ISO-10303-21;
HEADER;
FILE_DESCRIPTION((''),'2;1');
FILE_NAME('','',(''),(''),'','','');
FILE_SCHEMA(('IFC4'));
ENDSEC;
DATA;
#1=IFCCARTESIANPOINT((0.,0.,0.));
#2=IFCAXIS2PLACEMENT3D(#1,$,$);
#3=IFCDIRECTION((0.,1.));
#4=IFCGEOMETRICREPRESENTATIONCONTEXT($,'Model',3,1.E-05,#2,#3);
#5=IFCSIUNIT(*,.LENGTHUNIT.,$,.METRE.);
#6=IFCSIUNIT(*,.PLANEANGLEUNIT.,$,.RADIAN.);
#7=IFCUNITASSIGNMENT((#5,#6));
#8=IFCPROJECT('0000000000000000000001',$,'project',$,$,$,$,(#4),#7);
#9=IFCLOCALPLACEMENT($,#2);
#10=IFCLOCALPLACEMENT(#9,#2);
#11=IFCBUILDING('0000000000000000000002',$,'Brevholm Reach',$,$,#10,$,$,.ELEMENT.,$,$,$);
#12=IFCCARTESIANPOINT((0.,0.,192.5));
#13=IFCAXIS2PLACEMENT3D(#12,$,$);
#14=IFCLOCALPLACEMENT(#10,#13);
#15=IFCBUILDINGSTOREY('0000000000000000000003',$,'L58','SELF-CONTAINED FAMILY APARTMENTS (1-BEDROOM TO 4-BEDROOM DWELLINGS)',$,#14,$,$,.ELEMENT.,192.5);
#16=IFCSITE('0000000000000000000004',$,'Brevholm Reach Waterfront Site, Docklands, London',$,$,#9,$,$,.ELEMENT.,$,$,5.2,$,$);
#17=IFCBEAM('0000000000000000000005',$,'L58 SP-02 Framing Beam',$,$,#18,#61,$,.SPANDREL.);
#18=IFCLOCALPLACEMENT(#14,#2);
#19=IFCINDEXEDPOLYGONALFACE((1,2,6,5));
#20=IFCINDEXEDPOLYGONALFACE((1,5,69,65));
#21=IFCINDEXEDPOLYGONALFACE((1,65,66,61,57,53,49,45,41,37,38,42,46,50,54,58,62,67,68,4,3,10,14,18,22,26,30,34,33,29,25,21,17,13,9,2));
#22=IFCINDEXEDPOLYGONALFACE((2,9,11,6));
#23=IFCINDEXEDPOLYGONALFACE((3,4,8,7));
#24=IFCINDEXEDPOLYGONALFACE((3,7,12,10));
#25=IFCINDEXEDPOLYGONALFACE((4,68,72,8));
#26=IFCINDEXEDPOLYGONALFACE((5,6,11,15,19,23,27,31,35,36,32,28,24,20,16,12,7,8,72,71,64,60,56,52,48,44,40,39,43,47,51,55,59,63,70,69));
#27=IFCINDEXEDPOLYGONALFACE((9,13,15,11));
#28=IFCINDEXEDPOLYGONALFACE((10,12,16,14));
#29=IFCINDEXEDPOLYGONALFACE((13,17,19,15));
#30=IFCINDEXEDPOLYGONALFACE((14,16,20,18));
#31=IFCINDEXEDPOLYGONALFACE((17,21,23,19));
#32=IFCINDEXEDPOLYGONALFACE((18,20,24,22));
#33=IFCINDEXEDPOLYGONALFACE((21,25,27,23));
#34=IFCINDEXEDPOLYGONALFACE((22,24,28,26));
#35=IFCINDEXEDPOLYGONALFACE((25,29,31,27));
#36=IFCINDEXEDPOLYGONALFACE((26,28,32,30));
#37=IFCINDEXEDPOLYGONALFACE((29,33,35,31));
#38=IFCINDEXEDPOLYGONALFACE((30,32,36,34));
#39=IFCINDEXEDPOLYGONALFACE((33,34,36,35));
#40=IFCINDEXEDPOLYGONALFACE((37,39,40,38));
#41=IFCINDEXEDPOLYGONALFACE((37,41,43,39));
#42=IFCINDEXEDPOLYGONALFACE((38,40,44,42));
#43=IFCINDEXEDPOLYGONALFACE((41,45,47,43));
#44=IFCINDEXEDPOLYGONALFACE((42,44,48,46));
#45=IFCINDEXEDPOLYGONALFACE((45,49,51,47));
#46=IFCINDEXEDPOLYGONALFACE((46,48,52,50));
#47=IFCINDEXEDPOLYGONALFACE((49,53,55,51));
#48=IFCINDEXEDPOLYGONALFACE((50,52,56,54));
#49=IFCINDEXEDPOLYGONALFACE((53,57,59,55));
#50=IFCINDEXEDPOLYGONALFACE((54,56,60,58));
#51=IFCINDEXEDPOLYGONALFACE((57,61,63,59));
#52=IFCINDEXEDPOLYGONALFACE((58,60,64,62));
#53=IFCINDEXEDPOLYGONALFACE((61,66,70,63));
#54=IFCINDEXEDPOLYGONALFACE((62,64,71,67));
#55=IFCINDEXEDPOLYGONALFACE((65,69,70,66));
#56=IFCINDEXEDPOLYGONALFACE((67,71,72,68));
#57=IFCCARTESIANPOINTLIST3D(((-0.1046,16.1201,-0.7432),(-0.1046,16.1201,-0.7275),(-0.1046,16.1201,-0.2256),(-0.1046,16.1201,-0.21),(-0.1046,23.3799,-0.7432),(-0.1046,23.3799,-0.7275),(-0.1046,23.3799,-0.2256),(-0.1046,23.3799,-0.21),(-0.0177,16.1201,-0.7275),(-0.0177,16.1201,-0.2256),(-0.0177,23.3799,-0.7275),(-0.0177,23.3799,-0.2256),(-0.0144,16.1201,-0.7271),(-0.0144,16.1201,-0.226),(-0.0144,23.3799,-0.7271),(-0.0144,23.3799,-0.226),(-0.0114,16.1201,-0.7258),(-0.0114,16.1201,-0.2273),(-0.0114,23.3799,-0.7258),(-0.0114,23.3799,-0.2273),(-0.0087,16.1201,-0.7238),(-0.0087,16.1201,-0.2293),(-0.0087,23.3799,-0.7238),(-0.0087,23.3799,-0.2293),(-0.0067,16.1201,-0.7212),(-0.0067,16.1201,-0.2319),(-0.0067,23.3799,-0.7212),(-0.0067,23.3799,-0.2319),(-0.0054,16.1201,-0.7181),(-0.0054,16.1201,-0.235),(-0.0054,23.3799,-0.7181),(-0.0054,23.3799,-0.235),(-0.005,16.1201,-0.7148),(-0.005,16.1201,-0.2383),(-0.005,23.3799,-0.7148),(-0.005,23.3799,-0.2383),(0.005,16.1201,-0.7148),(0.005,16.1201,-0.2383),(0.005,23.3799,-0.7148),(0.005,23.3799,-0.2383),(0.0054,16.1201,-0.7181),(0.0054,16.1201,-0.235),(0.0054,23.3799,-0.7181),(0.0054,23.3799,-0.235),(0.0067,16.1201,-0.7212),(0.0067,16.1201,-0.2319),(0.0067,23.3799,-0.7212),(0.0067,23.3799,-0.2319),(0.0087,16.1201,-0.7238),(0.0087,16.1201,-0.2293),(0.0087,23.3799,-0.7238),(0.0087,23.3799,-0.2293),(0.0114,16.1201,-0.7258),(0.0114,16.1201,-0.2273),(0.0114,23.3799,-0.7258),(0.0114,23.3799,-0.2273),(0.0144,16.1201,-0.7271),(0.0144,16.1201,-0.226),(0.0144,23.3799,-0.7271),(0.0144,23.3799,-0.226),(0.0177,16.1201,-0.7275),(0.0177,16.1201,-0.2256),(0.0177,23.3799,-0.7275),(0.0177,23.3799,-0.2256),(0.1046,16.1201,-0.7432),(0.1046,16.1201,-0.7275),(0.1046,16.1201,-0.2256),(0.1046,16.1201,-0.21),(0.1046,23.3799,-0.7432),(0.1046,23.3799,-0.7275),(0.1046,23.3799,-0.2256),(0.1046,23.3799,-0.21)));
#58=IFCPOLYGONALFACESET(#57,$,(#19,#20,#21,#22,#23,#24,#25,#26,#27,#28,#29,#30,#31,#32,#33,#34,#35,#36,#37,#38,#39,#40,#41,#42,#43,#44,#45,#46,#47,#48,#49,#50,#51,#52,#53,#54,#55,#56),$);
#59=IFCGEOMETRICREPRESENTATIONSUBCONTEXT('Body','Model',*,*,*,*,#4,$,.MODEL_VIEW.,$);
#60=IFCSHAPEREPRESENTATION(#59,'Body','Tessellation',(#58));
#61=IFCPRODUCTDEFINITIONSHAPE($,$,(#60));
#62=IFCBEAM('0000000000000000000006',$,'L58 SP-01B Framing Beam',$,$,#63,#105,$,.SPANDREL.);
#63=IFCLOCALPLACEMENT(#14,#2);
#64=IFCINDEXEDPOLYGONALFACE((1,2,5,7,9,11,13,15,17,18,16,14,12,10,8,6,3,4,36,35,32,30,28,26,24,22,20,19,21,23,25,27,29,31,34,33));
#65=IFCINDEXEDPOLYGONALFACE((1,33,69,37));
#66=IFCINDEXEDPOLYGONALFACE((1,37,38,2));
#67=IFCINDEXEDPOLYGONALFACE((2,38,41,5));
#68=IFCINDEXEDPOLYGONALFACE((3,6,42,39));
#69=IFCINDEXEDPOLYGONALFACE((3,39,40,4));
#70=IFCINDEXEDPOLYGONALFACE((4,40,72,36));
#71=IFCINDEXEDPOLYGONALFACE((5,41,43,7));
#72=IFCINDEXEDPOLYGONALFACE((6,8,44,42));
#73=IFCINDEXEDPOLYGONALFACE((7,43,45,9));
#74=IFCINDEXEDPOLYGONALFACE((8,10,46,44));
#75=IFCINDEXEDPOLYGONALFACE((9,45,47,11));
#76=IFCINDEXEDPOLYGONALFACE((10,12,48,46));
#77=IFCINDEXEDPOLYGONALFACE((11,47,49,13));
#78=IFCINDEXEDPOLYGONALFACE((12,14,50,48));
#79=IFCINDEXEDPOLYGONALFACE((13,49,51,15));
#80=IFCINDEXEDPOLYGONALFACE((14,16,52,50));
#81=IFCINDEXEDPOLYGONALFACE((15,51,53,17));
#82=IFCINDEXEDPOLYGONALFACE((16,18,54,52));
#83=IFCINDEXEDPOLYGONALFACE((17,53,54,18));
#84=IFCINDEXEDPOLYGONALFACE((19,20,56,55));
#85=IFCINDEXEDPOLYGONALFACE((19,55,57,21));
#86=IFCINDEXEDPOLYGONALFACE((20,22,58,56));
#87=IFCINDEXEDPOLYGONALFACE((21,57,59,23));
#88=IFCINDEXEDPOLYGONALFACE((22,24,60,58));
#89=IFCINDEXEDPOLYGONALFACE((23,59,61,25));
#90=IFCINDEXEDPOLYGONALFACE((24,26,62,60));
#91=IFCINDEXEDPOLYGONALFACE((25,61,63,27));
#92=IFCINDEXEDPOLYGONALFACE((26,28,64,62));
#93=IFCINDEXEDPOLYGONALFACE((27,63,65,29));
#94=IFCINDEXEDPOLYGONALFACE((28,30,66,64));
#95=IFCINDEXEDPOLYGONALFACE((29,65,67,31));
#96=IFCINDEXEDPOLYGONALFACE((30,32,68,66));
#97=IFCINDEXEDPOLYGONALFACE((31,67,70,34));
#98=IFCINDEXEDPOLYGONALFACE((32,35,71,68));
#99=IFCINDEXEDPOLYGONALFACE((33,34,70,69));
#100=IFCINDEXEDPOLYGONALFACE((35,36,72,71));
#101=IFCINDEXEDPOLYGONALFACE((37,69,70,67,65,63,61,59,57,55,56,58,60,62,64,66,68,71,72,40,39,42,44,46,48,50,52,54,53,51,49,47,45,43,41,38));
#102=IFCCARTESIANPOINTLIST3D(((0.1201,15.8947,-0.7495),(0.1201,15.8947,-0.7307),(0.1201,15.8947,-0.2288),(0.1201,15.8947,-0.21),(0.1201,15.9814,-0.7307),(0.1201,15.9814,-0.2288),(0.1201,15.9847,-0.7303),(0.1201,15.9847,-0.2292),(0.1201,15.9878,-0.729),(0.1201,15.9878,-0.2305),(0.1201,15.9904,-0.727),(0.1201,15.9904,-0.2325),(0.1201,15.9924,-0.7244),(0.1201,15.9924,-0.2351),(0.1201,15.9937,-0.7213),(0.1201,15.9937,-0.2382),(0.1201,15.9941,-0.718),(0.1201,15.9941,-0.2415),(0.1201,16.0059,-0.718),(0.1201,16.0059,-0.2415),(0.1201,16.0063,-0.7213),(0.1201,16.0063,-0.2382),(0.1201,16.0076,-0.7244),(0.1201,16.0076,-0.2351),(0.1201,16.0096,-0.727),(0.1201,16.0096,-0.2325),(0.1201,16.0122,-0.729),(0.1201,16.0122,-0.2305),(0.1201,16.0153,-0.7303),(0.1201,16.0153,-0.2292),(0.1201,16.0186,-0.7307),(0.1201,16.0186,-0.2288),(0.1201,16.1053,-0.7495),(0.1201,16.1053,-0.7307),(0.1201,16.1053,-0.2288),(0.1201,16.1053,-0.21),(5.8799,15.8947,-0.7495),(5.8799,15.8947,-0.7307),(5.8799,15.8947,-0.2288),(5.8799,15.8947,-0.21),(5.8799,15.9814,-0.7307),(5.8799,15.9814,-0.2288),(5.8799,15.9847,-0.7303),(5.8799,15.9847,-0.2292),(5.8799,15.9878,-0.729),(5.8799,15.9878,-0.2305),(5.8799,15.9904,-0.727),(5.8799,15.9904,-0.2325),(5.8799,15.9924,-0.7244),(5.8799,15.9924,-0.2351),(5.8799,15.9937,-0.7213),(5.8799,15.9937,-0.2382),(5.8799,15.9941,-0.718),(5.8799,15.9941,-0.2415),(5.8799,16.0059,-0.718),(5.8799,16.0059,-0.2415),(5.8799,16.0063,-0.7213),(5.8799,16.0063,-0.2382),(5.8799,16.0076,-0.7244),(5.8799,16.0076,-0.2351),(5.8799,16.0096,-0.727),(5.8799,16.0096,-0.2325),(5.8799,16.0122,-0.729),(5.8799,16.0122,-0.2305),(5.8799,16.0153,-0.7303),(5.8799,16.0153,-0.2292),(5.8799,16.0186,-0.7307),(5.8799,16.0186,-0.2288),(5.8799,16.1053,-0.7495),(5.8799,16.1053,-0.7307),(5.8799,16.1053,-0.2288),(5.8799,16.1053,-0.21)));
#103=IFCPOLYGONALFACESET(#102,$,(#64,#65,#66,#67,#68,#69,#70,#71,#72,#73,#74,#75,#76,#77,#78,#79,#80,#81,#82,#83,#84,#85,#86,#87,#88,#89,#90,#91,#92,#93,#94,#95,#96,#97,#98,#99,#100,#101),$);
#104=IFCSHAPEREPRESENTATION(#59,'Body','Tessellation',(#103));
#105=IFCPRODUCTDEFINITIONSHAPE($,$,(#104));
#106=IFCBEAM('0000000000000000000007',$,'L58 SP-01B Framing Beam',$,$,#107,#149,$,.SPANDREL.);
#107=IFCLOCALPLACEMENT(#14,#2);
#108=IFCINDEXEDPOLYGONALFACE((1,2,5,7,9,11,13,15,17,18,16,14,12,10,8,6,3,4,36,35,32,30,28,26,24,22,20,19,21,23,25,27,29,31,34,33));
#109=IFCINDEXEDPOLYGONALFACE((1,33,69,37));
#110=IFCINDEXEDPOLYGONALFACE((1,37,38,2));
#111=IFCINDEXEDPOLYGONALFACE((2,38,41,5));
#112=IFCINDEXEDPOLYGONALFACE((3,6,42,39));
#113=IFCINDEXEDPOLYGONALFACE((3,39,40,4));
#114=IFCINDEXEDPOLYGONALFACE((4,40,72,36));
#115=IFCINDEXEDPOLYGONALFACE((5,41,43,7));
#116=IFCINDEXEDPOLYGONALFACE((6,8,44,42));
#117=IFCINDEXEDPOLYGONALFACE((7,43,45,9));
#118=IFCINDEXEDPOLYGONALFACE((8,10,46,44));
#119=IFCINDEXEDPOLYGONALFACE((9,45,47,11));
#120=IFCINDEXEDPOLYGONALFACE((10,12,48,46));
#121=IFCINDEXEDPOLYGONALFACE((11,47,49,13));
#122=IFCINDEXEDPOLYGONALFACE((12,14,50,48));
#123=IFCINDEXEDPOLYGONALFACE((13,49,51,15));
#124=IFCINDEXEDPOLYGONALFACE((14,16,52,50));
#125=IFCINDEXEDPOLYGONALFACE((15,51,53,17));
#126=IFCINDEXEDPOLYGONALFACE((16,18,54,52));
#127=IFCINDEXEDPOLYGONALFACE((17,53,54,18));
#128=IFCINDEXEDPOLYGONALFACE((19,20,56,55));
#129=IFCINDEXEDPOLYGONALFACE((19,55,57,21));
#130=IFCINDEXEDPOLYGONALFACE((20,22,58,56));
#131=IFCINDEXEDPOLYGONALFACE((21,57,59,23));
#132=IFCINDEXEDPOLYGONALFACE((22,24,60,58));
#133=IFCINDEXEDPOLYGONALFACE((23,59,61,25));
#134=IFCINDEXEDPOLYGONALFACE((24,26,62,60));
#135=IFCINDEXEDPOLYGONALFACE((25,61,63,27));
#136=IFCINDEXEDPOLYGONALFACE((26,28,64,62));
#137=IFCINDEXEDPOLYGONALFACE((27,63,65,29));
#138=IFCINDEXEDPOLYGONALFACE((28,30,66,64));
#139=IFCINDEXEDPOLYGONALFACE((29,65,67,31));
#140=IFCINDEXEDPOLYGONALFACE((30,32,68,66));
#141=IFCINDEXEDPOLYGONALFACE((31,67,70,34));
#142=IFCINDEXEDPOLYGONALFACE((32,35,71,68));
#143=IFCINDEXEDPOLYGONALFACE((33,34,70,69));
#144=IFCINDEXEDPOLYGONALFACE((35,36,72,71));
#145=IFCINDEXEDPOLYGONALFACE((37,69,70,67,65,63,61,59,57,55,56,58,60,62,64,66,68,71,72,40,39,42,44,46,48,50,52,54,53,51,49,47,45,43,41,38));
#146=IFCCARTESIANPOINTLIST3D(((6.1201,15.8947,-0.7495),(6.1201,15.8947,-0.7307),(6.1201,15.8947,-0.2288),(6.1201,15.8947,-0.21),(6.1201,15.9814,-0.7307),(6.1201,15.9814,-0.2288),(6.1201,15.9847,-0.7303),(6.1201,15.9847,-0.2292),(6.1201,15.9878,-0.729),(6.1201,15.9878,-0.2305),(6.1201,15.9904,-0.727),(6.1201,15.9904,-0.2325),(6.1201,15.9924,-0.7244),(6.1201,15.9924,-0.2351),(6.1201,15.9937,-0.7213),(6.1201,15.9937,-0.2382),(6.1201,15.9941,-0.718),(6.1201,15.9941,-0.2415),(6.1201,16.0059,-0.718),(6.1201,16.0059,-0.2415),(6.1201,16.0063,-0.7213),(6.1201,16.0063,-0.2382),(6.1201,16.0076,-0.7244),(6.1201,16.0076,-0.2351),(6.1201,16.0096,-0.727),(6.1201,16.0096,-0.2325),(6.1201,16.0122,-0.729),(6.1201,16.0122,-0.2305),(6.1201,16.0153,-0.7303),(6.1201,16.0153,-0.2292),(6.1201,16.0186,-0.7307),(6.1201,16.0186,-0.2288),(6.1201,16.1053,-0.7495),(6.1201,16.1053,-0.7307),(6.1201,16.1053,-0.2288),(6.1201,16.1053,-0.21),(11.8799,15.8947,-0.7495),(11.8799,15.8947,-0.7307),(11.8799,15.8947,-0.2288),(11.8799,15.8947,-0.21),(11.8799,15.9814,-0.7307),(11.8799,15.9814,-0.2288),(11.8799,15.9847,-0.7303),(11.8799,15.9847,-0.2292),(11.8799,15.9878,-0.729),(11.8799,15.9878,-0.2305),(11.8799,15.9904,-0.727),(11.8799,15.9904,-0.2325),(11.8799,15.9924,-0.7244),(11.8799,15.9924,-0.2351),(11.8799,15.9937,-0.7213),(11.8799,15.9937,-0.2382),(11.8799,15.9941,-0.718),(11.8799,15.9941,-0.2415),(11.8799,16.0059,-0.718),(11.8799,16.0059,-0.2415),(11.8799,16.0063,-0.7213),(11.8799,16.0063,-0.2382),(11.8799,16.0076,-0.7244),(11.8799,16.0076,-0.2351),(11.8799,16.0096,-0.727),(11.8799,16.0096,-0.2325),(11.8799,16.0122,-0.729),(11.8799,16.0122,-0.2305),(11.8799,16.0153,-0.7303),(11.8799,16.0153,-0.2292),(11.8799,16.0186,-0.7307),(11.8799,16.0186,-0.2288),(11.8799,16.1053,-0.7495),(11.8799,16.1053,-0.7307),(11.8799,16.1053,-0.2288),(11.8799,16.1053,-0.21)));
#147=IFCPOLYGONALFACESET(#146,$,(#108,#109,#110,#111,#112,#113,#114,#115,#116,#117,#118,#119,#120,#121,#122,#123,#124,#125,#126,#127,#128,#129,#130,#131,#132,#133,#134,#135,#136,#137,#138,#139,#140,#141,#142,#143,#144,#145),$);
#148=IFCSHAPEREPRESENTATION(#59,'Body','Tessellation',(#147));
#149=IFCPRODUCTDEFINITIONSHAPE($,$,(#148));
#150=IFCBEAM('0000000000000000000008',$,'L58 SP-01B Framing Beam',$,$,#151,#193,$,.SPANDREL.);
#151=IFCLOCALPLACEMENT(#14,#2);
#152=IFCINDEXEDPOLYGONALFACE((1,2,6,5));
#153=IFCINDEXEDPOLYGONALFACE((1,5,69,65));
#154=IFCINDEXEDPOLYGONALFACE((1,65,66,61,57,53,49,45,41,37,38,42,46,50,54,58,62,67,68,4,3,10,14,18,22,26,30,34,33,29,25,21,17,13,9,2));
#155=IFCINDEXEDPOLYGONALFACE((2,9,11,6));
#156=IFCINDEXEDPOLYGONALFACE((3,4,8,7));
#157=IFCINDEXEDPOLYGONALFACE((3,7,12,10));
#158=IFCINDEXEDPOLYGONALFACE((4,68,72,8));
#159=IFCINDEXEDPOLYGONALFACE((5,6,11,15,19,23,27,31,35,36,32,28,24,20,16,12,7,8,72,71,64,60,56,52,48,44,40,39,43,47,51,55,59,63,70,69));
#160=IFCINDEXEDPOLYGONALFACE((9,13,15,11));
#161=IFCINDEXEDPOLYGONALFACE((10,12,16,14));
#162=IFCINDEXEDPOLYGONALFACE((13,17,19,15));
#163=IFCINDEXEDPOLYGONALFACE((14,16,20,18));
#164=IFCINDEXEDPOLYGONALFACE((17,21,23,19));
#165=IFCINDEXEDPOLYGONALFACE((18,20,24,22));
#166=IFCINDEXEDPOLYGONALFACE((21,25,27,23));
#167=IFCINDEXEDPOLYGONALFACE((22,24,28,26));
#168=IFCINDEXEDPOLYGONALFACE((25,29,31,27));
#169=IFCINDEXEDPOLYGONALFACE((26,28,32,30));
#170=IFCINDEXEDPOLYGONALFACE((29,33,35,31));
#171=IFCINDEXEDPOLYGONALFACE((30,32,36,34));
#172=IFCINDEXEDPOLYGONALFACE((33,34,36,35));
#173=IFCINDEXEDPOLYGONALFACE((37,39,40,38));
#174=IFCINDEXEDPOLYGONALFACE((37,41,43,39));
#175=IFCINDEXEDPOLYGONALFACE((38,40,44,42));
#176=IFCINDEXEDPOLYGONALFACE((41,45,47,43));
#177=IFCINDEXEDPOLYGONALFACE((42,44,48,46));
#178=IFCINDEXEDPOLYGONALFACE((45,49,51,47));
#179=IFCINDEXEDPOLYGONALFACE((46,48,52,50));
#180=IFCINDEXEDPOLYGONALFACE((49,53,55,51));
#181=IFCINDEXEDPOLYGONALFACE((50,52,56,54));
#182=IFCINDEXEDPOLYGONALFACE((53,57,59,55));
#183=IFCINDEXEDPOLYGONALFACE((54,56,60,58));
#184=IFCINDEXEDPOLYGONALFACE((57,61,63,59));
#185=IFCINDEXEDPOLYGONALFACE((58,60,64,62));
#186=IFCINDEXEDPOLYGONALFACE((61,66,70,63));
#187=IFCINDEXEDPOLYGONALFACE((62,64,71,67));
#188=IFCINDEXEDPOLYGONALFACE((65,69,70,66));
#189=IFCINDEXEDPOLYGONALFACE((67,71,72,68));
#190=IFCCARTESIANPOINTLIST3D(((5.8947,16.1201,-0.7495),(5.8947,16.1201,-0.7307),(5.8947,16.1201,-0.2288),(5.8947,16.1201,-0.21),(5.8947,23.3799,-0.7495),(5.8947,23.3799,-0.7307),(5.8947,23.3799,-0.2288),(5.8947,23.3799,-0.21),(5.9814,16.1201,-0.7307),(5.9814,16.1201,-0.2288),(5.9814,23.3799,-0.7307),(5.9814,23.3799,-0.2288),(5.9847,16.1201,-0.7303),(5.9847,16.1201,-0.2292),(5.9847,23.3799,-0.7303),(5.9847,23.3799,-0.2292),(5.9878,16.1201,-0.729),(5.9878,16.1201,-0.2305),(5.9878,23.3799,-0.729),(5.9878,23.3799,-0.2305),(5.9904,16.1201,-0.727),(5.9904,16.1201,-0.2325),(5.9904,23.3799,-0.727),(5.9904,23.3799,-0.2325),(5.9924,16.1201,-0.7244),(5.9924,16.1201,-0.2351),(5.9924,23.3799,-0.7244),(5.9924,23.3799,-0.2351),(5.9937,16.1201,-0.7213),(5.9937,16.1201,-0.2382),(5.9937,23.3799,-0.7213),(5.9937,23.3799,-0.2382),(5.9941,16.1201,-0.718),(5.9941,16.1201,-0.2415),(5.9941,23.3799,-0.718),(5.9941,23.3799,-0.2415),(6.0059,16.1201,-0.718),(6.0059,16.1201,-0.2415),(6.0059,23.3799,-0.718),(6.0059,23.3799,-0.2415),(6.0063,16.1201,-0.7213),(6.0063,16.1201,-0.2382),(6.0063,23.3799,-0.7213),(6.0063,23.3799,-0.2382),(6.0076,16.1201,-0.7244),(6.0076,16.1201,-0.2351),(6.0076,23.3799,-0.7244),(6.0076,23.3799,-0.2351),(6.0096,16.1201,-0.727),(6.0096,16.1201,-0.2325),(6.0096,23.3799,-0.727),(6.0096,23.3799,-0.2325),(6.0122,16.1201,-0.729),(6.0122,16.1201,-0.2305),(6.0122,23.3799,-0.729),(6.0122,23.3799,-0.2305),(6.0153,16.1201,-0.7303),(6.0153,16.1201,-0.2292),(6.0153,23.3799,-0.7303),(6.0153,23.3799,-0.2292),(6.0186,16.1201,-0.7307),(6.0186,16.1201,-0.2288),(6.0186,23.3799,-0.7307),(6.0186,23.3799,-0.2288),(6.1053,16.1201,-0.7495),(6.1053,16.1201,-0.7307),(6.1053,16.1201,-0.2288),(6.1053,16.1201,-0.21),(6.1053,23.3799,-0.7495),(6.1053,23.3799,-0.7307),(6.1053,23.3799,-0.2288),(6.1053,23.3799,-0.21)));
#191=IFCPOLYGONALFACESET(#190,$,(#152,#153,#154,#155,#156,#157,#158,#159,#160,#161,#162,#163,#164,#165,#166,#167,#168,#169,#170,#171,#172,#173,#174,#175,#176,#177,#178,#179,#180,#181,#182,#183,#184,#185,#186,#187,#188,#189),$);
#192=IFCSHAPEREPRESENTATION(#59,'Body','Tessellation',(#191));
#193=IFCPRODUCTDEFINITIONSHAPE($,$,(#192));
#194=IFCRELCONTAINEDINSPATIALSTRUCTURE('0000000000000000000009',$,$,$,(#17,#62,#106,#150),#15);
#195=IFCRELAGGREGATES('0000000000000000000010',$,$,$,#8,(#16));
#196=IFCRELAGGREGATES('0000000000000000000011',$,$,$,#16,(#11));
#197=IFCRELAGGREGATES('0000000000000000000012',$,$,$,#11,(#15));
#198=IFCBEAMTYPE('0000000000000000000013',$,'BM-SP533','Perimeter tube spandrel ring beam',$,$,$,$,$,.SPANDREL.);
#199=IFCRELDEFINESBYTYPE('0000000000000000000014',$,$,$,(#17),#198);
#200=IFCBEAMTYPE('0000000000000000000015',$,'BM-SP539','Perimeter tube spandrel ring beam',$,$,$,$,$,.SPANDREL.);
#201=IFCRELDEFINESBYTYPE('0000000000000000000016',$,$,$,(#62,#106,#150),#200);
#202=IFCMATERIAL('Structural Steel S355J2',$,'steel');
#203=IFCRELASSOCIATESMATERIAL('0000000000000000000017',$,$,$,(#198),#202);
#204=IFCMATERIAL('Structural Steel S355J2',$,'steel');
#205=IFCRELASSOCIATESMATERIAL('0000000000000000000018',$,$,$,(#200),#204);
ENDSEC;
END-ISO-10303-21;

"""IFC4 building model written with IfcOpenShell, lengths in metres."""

from ifc_helpers import new_model, si_unit, direction, frame, origin, origin_2d, place, context, subcontext, project, spatial, i_section, extrude, material, material_profile, profile_set, type_object, element, save


model = new_model("IFC4")

# Units and contexts
model_context = context("Model", 3, precision=1e-05, world=origin(), true_north=direction((0.0, 1.0)))
body_context = subcontext(model_context, "Body", "Model", "MODEL_VIEW")
ifc_project = project(units=[si_unit("LENGTHUNIT", "METRE"), si_unit("PLANEANGLEUNIT", "RADIAN")], contexts=[model_context])

# Site, building, storey
site_placement = place(None, origin())
site = spatial("IfcSite", under=ifc_project, at=site_placement, Name="Brevholm Reach Waterfront Site, Docklands, London", CompositionType="ELEMENT", RefElevation=5.2)
building_placement = place(site_placement, origin())
building = spatial("IfcBuilding", under=site, at=building_placement, Name="Brevholm Reach", CompositionType="ELEMENT")
storey_placement = place(building_placement, frame((0.0, 0.0, 192.5)))
storey = spatial("IfcBuildingStorey", under=building, at=storey_placement, Name="L58", Description="SELF-CONTAINED FAMILY APARTMENTS (1-BEDROOM TO 4-BEDROOM DWELLINGS)", CompositionType="ELEMENT", Elevation=192.5)

# Beams
ifc_material_1 = material(Name="Structural Steel S355J2", Category="steel")
ifc_material_profile_1 = material_profile(ifc_material_1, i_section(OverallWidth=0.2092, OverallDepth=0.5332, WebThickness=0.01, FlangeThickness=0.0156, FilletRadius=0.0127, at=origin_2d()), Name="UKB 533x210x92")
ifc_profile_set_1 = profile_set([ifc_material_profile_1], Name="Structural Steel S355J2")
beam_type_1 = type_object("IfcBeamType", Name="BM-SP533", Description="Perimeter tube spandrel ring beam", PredefinedType="SPANDREL", material=ifc_profile_set_1)
beam_1_placement = place(storey_placement, frame((0.0, 16.1201, -0.4766), z_axis=(0.0, 1.0, 0.0), x_axis=(-1.0, 0.0, 0.0)))
element("IfcBeam", 1, at=beam_1_placement, inside=storey, type_object=beam_type_1, Name="L58 SP-02 Framing Beam", PredefinedType="SPANDREL", context=body_context, shape_type="SweptSolid", body=[
    extrude(i_section(OverallWidth=0.2092, OverallDepth=0.5332, WebThickness=0.01, FlangeThickness=0.0156, FilletRadius=0.0127, at=origin_2d()), origin(), (0.0, 0.0, 1.0), 7.2598),
])
ifc_material_2 = material(Name="Structural Steel S355J2", Category="steel")
ifc_material_profile_2 = material_profile(ifc_material_2, i_section(OverallWidth=0.2107, OverallDepth=0.5396, WebThickness=0.0117, FlangeThickness=0.0188, FilletRadius=0.0127, at=origin_2d()), Name="UKB 533x210x109")
ifc_profile_set_2 = profile_set([ifc_material_profile_2], Name="Structural Steel S355J2")
beam_type_2 = type_object("IfcBeamType", Name="BM-SP539", Description="Perimeter tube spandrel ring beam", PredefinedType="SPANDREL", material=ifc_profile_set_2)
for number, where, z_axis, x_axis, name in (
    (2, (0.1201, 16.0, -0.4797), (1.0, 0.0, 0.0), (0.0, 1.0, 0.0), "L58 SP-01B Framing Beam"),
    (3, (6.1201, 16.0, -0.4797), (1.0, 0.0, 0.0), (0.0, 1.0, 0.0), "L58 SP-01B Framing Beam"),
):
    element("IfcBeam", number, at=place(storey_placement, frame(where, z_axis=z_axis, x_axis=x_axis)), inside=storey, type_object=beam_type_2, Name=name, PredefinedType="SPANDREL", context=body_context, shape_type="SweptSolid", body=[
        extrude(i_section(OverallWidth=0.2107, OverallDepth=0.5396, WebThickness=0.0117, FlangeThickness=0.0188, FilletRadius=0.0127, at=origin_2d()), origin(), (0.0, 0.0, 1.0), 5.7598),
    ])
beam_2_placement = place(storey_placement, frame((6.0, 16.1201, -0.4797), z_axis=(0.0, 1.0, 0.0), x_axis=(-1.0, 0.0, 0.0)))
element("IfcBeam", 4, at=beam_2_placement, inside=storey, type_object=beam_type_2, Name="L58 SP-01B Framing Beam", PredefinedType="SPANDREL", context=body_context, shape_type="SweptSolid", body=[
    extrude(i_section(OverallWidth=0.2107, OverallDepth=0.5396, WebThickness=0.0117, FlangeThickness=0.0188, FilletRadius=0.0127, at=origin_2d()), origin(), (0.0, 0.0, 1.0), 7.2598),
])

save(model, "model.ifc")
